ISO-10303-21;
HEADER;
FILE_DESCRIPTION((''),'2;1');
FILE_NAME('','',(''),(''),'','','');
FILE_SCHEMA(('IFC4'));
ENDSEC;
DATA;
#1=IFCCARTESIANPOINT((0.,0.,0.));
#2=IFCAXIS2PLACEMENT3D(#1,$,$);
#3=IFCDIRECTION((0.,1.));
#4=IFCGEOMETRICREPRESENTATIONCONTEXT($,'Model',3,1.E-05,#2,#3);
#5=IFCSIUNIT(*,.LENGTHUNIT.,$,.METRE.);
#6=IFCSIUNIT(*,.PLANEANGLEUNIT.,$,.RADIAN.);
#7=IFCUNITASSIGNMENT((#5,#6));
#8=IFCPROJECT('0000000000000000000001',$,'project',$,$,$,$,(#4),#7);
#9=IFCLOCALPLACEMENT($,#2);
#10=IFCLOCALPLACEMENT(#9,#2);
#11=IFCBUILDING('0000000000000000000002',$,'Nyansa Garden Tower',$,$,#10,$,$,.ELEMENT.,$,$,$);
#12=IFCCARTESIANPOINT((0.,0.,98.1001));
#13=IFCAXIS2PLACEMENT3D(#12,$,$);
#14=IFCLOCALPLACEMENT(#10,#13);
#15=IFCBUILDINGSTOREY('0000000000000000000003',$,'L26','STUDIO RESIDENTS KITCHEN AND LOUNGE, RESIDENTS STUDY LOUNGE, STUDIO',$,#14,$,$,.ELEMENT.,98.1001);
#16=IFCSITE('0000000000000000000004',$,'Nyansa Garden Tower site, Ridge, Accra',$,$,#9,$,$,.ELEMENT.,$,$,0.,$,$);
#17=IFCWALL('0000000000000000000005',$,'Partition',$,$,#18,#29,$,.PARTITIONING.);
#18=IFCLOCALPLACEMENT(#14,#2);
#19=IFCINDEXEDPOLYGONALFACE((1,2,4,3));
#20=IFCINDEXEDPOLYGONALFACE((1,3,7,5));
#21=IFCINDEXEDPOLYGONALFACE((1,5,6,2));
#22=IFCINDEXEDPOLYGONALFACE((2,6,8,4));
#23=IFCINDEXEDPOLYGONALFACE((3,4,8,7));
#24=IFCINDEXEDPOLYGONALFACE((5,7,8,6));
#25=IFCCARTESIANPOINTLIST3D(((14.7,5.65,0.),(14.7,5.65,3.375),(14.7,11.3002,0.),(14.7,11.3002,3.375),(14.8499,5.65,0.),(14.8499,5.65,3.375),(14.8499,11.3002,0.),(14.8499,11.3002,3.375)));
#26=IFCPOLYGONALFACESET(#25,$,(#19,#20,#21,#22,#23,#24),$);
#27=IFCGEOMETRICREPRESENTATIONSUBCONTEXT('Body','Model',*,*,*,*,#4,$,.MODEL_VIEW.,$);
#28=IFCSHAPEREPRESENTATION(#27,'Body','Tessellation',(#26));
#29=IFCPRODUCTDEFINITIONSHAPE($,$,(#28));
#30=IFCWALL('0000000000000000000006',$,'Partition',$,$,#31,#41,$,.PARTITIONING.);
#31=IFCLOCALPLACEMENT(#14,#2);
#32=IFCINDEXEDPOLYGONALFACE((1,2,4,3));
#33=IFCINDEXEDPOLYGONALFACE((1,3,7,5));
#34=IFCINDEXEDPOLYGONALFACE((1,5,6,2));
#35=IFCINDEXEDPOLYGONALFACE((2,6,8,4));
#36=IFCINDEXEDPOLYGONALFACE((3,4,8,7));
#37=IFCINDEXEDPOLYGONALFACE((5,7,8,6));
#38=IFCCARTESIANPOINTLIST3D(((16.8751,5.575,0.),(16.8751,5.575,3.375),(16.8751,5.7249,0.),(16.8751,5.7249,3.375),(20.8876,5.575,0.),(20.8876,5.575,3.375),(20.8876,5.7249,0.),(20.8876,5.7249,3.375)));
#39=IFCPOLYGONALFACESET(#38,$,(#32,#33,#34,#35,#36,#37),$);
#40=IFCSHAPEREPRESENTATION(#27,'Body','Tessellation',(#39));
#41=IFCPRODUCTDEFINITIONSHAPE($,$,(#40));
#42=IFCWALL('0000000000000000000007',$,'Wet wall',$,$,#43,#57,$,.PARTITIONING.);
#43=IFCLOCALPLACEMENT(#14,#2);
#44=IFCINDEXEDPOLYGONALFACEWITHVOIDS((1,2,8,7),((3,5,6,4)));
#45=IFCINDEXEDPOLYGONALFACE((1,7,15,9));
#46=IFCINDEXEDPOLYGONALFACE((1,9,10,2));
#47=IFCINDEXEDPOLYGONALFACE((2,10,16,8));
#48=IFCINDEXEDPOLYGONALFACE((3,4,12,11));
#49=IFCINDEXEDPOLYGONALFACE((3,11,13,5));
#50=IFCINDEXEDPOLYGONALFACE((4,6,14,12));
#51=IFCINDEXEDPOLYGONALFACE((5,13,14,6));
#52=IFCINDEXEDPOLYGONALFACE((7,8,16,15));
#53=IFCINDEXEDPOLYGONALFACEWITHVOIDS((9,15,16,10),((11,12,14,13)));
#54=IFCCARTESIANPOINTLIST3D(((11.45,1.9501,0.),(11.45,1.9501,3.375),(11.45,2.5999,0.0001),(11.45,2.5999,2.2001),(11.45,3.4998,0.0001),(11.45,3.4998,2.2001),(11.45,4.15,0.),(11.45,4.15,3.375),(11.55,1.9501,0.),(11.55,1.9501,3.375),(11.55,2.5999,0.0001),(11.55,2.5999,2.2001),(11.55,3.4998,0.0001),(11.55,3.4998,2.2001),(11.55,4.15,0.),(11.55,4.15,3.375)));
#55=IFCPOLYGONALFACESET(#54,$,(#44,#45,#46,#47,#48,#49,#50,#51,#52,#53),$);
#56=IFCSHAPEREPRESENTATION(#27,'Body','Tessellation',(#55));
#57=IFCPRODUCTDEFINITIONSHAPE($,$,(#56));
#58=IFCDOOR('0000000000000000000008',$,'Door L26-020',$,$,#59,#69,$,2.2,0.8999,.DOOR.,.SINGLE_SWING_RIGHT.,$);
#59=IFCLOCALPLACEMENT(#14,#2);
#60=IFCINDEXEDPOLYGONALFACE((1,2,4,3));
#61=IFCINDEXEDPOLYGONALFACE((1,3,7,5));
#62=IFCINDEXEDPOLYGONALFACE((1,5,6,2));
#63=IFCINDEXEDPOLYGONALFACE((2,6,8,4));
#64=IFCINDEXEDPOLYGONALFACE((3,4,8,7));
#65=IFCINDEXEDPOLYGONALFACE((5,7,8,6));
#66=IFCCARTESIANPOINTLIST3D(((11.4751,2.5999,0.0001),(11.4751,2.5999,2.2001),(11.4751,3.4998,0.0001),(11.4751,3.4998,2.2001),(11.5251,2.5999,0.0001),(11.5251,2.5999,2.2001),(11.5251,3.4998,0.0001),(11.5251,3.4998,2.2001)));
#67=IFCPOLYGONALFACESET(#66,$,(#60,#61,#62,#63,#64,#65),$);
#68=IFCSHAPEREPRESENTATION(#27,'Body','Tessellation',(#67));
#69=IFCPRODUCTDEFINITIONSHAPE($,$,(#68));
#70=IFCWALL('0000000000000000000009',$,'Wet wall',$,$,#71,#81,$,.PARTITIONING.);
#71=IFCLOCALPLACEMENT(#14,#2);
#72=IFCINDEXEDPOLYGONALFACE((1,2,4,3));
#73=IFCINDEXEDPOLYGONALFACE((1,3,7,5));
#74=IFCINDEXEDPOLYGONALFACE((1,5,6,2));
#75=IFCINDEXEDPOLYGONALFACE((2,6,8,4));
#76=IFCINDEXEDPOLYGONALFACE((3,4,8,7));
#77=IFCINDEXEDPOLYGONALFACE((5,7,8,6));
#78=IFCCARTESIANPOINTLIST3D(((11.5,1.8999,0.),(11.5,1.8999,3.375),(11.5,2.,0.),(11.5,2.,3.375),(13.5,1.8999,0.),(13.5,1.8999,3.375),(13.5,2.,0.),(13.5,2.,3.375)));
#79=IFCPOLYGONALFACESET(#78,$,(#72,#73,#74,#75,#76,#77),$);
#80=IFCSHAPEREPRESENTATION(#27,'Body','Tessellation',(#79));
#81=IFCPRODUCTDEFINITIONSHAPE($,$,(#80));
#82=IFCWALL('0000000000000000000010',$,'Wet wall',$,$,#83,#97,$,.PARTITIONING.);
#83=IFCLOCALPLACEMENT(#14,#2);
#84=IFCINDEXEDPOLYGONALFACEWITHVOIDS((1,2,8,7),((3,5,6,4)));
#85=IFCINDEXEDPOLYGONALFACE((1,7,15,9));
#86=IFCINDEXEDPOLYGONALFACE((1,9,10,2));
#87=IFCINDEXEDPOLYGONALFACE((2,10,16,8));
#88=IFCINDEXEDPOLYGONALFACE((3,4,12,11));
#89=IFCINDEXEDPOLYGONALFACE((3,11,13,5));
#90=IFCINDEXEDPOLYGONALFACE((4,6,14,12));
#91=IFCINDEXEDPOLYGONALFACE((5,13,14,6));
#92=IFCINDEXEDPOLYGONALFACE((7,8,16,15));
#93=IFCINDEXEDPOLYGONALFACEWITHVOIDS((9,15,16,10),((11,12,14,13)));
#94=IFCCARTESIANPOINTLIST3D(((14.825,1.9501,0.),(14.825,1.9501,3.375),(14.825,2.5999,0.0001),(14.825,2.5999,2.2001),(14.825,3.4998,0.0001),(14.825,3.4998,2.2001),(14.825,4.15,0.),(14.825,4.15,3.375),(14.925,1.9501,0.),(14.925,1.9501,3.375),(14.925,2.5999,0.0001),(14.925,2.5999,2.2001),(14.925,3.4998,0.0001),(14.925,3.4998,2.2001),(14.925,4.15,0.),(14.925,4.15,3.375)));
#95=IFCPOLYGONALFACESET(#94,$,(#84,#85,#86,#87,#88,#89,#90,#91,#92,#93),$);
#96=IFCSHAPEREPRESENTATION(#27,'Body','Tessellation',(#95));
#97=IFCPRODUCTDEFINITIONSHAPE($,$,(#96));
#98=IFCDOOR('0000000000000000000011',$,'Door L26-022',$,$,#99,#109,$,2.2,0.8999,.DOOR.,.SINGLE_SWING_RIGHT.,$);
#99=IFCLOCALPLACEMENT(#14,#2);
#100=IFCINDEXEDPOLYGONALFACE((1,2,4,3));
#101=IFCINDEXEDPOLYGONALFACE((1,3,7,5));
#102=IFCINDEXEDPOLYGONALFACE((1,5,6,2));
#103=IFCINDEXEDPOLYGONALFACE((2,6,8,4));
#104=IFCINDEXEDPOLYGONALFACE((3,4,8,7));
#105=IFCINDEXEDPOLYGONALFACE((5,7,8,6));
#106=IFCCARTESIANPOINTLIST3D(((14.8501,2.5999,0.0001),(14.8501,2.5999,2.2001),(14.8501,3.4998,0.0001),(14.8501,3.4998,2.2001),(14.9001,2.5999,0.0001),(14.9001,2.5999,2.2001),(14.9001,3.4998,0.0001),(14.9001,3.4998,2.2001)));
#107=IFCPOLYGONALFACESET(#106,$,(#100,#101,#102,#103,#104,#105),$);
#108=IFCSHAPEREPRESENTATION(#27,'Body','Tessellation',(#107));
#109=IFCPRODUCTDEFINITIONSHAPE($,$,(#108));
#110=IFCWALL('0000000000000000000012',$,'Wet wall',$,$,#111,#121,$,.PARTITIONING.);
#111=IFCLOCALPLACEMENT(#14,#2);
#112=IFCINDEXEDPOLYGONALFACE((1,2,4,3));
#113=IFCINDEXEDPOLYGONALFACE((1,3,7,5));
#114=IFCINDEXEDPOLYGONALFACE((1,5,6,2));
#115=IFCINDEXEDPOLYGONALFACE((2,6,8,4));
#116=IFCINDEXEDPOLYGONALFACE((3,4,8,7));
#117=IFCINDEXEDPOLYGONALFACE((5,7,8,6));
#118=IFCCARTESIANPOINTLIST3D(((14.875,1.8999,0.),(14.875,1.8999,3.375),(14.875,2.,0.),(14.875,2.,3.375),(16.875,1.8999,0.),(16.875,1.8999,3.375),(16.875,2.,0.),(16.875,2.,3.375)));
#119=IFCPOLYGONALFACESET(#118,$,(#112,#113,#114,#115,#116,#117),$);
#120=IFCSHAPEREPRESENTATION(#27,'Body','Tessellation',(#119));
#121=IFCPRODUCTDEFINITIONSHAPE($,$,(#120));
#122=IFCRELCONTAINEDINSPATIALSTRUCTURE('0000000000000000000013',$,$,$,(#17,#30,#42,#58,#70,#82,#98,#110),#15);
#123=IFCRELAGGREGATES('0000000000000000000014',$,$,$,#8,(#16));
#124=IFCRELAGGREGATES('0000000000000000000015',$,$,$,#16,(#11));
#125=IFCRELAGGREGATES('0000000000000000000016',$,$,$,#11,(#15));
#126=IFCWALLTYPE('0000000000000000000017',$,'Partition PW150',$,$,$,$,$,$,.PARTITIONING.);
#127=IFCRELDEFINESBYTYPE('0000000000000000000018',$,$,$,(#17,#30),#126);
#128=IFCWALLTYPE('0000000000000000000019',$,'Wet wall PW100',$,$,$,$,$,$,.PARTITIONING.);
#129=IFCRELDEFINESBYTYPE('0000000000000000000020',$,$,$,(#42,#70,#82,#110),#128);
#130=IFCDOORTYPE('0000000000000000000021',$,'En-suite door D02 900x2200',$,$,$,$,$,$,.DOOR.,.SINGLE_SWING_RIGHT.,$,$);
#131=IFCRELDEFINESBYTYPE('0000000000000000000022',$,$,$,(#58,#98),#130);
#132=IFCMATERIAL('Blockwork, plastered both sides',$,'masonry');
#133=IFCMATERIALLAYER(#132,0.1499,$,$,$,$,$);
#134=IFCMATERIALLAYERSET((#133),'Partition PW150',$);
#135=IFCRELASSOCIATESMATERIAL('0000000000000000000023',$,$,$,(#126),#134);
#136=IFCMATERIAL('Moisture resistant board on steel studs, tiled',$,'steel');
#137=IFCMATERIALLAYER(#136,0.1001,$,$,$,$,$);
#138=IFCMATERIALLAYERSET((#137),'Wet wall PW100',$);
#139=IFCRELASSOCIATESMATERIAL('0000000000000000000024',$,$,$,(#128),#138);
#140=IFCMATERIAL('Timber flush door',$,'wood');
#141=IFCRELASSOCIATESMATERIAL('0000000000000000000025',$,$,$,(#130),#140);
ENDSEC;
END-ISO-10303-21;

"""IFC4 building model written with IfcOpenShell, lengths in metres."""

from ifc_helpers import new_model, si_unit, direction, frame, frame_2d, origin, place, context, subcontext, project, spatial, rectangle, extrude, material, layer, layer_set, type_object, element, fill, save


model = new_model("IFC4")

# Units and contexts
model_context = context("Model", 3, precision=1e-05, world=origin(), true_north=direction((0.0, 1.0)))
body_context = subcontext(model_context, "Body", "Model", "MODEL_VIEW")
ifc_project = project(units=[si_unit("LENGTHUNIT", "METRE"), si_unit("PLANEANGLEUNIT", "RADIAN")], contexts=[model_context])

# Site, building, storey
site_placement = place(None, origin())
site = spatial("IfcSite", under=ifc_project, at=site_placement, Name="Nyansa Garden Tower site, Ridge, Accra", CompositionType="ELEMENT", RefElevation=0.0)
building_placement = place(site_placement, origin())
building = spatial("IfcBuilding", under=site, at=building_placement, Name="Nyansa Garden Tower", CompositionType="ELEMENT")
storey_placement = place(building_placement, frame((0.0, 0.0, 98.1001)))
storey = spatial("IfcBuildingStorey", under=building, at=storey_placement, Name="L26", Description="STUDIO RESIDENTS KITCHEN AND LOUNGE, RESIDENTS STUDY LOUNGE, STUDIO", CompositionType="ELEMENT", Elevation=98.1001)

# Shared definitions
ifc_material_1 = material(Name="Blockwork, plastered both sides", Category="masonry")
ifc_layer_1 = layer(ifc_material_1, 0.1499)
ifc_layer_set_1 = layer_set([ifc_layer_1], Name="Partition PW150")
wall_type_1 = type_object("IfcWallType", Name="Partition PW150", PredefinedType="PARTITIONING", material=ifc_layer_set_1)

# Walls
wall_1_placement = place(storey_placement, frame((14.7749, 5.6499, 0.0), z_axis=(0.0, 0.0, 1.0), x_axis=(0.0, 1.0, 0.0)))
element("IfcWall", 1, at=wall_1_placement, inside=storey, type_object=wall_type_1, Name="Partition", PredefinedType="PARTITIONING", context=body_context, shape_type="SweptSolid", body=[
    extrude(rectangle(XDim=5.6501, YDim=0.1499, at=frame_2d((2.8252, 0.0))), origin(), (0.0, 0.0, 1.0), 3.375),
])
wall_2_placement = place(storey_placement, frame((16.875, 5.6499, 0.0), z_axis=(0.0, 0.0, 1.0), x_axis=(1.0, 0.0, 0.0)))
element("IfcWall", 2, at=wall_2_placement, inside=storey, type_object=wall_type_1, Name="Partition", PredefinedType="PARTITIONING", context=body_context, shape_type="SweptSolid", body=[
    extrude(rectangle(XDim=4.0125, YDim=0.1499, at=frame_2d((2.0063, 0.0))), origin(), (0.0, 0.0, 1.0), 3.375),
])

# Wall, opening, door
ifc_material_2 = material(Name="Moisture resistant board on steel studs, tiled", Category="steel")
ifc_layer_2 = layer(ifc_material_2, 0.1001)
ifc_layer_set_2 = layer_set([ifc_layer_2], Name="Wet wall PW100")
wall_type_2 = type_object("IfcWallType", Name="Wet wall PW100", PredefinedType="PARTITIONING", material=ifc_layer_set_2)
wall_3_placement = place(storey_placement, frame((11.5, 1.95, 0.0), z_axis=(0.0, 0.0, 1.0), x_axis=(0.0, 1.0, 0.0)))
wall_3 = element("IfcWall", 3, at=wall_3_placement, inside=storey, type_object=wall_type_2, Name="Wet wall", PredefinedType="PARTITIONING", context=body_context, shape_type="SweptSolid", body=[
    extrude(rectangle(XDim=2.2, YDim=0.1001, at=frame_2d((1.1001, 0.0))), origin(), (0.0, 0.0, 1.0), 3.375),
])
opening_1_placement = place(wall_3_placement, frame((0.6499, 0.0, 0.0)))
opening_1 = element("IfcOpeningElement", 4, at=opening_1_placement, cuts=wall_3, PredefinedType="OPENING", context=body_context, shape_type="SweptSolid", body=[
    extrude(rectangle(XDim=0.8999, YDim=2.2, at=frame_2d((0.45, 1.1001))), frame((0.0, 0.0601, 0.0), z_axis=(0.0, -1.0, 0.0), x_axis=(1.0, 0.0, 0.0)), (0.0, 0.0, 1.0), 0.1201),
])
ifc_material_3 = material(Name="Timber flush door", Category="wood")
door_type_1 = type_object("IfcDoorType", Name="En-suite door D02 900x2200", OperationType="SINGLE_SWING_RIGHT", PredefinedType="DOOR", material=ifc_material_3)
door_1_placement = place(opening_1_placement, origin())
door_1 = element("IfcDoor", 5, at=door_1_placement, inside=storey, type_object=door_type_1, Name="Door L26-020", OperationType="SINGLE_SWING_RIGHT", OverallHeight=2.2, OverallWidth=0.8999, PredefinedType="DOOR", context=body_context, shape_type="SweptSolid", body=[
    extrude(rectangle(XDim=0.8999, YDim=2.2, at=frame_2d((0.45, 1.1001))), frame((0.0, 0.0249, 0.0), z_axis=(0.0, -1.0, 0.0), x_axis=(1.0, 0.0, 0.0)), (0.0, 0.0, 1.0), 0.05),
])
fill(opening_1, door_1)

# Wall
wall_4_placement = place(storey_placement, frame((11.5, 1.95, 0.0), z_axis=(0.0, 0.0, 1.0), x_axis=(1.0, 0.0, 0.0)))
element("IfcWall", 6, at=wall_4_placement, inside=storey, type_object=wall_type_2, Name="Wet wall", PredefinedType="PARTITIONING", context=body_context, shape_type="SweptSolid", body=[
    extrude(rectangle(XDim=2.0, YDim=0.1001, at=frame_2d((1.0, 0.0))), origin(), (0.0, 0.0, 1.0), 3.375),
])

# Wall, opening, door
wall_5_placement = place(storey_placement, frame((14.875, 1.95, 0.0), z_axis=(0.0, 0.0, 1.0), x_axis=(0.0, 1.0, 0.0)))
wall_5 = element("IfcWall", 7, at=wall_5_placement, inside=storey, type_object=wall_type_2, Name="Wet wall", PredefinedType="PARTITIONING", context=body_context, shape_type="SweptSolid", body=[
    extrude(rectangle(XDim=2.2, YDim=0.1001, at=frame_2d((1.1001, 0.0))), origin(), (0.0, 0.0, 1.0), 3.375),
])
opening_2_placement = place(wall_5_placement, frame((0.6499, 0.0, 0.0)))
opening_2 = element("IfcOpeningElement", 8, at=opening_2_placement, cuts=wall_5, PredefinedType="OPENING", context=body_context, shape_type="SweptSolid", body=[
    extrude(rectangle(XDim=0.8999, YDim=2.2, at=frame_2d((0.45, 1.1001))), frame((0.0, 0.0601, 0.0), z_axis=(0.0, -1.0, 0.0), x_axis=(1.0, 0.0, 0.0)), (0.0, 0.0, 1.0), 0.1201),
])
door_2_placement = place(opening_2_placement, origin())
door_2 = element("IfcDoor", 9, at=door_2_placement, inside=storey, type_object=door_type_1, Name="Door L26-022", OperationType="SINGLE_SWING_RIGHT", OverallHeight=2.2, OverallWidth=0.8999, PredefinedType="DOOR", context=body_context, shape_type="SweptSolid", body=[
    extrude(rectangle(XDim=0.8999, YDim=2.2, at=frame_2d((0.45, 1.1001))), frame((0.0, 0.0249, 0.0), z_axis=(0.0, -1.0, 0.0), x_axis=(1.0, 0.0, 0.0)), (0.0, 0.0, 1.0), 0.05),
])
fill(opening_2, door_2)

# Wall
wall_6_placement = place(storey_placement, frame((14.875, 1.95, 0.0), z_axis=(0.0, 0.0, 1.0), x_axis=(1.0, 0.0, 0.0)))
element("IfcWall", 10, at=wall_6_placement, inside=storey, type_object=wall_type_2, Name="Wet wall", PredefinedType="PARTITIONING", context=body_context, shape_type="SweptSolid", body=[
    extrude(rectangle(XDim=2.0, YDim=0.1001, at=frame_2d((1.0, 0.0))), origin(), (0.0, 0.0, 1.0), 3.375),
])

save(model, "model.ifc")
